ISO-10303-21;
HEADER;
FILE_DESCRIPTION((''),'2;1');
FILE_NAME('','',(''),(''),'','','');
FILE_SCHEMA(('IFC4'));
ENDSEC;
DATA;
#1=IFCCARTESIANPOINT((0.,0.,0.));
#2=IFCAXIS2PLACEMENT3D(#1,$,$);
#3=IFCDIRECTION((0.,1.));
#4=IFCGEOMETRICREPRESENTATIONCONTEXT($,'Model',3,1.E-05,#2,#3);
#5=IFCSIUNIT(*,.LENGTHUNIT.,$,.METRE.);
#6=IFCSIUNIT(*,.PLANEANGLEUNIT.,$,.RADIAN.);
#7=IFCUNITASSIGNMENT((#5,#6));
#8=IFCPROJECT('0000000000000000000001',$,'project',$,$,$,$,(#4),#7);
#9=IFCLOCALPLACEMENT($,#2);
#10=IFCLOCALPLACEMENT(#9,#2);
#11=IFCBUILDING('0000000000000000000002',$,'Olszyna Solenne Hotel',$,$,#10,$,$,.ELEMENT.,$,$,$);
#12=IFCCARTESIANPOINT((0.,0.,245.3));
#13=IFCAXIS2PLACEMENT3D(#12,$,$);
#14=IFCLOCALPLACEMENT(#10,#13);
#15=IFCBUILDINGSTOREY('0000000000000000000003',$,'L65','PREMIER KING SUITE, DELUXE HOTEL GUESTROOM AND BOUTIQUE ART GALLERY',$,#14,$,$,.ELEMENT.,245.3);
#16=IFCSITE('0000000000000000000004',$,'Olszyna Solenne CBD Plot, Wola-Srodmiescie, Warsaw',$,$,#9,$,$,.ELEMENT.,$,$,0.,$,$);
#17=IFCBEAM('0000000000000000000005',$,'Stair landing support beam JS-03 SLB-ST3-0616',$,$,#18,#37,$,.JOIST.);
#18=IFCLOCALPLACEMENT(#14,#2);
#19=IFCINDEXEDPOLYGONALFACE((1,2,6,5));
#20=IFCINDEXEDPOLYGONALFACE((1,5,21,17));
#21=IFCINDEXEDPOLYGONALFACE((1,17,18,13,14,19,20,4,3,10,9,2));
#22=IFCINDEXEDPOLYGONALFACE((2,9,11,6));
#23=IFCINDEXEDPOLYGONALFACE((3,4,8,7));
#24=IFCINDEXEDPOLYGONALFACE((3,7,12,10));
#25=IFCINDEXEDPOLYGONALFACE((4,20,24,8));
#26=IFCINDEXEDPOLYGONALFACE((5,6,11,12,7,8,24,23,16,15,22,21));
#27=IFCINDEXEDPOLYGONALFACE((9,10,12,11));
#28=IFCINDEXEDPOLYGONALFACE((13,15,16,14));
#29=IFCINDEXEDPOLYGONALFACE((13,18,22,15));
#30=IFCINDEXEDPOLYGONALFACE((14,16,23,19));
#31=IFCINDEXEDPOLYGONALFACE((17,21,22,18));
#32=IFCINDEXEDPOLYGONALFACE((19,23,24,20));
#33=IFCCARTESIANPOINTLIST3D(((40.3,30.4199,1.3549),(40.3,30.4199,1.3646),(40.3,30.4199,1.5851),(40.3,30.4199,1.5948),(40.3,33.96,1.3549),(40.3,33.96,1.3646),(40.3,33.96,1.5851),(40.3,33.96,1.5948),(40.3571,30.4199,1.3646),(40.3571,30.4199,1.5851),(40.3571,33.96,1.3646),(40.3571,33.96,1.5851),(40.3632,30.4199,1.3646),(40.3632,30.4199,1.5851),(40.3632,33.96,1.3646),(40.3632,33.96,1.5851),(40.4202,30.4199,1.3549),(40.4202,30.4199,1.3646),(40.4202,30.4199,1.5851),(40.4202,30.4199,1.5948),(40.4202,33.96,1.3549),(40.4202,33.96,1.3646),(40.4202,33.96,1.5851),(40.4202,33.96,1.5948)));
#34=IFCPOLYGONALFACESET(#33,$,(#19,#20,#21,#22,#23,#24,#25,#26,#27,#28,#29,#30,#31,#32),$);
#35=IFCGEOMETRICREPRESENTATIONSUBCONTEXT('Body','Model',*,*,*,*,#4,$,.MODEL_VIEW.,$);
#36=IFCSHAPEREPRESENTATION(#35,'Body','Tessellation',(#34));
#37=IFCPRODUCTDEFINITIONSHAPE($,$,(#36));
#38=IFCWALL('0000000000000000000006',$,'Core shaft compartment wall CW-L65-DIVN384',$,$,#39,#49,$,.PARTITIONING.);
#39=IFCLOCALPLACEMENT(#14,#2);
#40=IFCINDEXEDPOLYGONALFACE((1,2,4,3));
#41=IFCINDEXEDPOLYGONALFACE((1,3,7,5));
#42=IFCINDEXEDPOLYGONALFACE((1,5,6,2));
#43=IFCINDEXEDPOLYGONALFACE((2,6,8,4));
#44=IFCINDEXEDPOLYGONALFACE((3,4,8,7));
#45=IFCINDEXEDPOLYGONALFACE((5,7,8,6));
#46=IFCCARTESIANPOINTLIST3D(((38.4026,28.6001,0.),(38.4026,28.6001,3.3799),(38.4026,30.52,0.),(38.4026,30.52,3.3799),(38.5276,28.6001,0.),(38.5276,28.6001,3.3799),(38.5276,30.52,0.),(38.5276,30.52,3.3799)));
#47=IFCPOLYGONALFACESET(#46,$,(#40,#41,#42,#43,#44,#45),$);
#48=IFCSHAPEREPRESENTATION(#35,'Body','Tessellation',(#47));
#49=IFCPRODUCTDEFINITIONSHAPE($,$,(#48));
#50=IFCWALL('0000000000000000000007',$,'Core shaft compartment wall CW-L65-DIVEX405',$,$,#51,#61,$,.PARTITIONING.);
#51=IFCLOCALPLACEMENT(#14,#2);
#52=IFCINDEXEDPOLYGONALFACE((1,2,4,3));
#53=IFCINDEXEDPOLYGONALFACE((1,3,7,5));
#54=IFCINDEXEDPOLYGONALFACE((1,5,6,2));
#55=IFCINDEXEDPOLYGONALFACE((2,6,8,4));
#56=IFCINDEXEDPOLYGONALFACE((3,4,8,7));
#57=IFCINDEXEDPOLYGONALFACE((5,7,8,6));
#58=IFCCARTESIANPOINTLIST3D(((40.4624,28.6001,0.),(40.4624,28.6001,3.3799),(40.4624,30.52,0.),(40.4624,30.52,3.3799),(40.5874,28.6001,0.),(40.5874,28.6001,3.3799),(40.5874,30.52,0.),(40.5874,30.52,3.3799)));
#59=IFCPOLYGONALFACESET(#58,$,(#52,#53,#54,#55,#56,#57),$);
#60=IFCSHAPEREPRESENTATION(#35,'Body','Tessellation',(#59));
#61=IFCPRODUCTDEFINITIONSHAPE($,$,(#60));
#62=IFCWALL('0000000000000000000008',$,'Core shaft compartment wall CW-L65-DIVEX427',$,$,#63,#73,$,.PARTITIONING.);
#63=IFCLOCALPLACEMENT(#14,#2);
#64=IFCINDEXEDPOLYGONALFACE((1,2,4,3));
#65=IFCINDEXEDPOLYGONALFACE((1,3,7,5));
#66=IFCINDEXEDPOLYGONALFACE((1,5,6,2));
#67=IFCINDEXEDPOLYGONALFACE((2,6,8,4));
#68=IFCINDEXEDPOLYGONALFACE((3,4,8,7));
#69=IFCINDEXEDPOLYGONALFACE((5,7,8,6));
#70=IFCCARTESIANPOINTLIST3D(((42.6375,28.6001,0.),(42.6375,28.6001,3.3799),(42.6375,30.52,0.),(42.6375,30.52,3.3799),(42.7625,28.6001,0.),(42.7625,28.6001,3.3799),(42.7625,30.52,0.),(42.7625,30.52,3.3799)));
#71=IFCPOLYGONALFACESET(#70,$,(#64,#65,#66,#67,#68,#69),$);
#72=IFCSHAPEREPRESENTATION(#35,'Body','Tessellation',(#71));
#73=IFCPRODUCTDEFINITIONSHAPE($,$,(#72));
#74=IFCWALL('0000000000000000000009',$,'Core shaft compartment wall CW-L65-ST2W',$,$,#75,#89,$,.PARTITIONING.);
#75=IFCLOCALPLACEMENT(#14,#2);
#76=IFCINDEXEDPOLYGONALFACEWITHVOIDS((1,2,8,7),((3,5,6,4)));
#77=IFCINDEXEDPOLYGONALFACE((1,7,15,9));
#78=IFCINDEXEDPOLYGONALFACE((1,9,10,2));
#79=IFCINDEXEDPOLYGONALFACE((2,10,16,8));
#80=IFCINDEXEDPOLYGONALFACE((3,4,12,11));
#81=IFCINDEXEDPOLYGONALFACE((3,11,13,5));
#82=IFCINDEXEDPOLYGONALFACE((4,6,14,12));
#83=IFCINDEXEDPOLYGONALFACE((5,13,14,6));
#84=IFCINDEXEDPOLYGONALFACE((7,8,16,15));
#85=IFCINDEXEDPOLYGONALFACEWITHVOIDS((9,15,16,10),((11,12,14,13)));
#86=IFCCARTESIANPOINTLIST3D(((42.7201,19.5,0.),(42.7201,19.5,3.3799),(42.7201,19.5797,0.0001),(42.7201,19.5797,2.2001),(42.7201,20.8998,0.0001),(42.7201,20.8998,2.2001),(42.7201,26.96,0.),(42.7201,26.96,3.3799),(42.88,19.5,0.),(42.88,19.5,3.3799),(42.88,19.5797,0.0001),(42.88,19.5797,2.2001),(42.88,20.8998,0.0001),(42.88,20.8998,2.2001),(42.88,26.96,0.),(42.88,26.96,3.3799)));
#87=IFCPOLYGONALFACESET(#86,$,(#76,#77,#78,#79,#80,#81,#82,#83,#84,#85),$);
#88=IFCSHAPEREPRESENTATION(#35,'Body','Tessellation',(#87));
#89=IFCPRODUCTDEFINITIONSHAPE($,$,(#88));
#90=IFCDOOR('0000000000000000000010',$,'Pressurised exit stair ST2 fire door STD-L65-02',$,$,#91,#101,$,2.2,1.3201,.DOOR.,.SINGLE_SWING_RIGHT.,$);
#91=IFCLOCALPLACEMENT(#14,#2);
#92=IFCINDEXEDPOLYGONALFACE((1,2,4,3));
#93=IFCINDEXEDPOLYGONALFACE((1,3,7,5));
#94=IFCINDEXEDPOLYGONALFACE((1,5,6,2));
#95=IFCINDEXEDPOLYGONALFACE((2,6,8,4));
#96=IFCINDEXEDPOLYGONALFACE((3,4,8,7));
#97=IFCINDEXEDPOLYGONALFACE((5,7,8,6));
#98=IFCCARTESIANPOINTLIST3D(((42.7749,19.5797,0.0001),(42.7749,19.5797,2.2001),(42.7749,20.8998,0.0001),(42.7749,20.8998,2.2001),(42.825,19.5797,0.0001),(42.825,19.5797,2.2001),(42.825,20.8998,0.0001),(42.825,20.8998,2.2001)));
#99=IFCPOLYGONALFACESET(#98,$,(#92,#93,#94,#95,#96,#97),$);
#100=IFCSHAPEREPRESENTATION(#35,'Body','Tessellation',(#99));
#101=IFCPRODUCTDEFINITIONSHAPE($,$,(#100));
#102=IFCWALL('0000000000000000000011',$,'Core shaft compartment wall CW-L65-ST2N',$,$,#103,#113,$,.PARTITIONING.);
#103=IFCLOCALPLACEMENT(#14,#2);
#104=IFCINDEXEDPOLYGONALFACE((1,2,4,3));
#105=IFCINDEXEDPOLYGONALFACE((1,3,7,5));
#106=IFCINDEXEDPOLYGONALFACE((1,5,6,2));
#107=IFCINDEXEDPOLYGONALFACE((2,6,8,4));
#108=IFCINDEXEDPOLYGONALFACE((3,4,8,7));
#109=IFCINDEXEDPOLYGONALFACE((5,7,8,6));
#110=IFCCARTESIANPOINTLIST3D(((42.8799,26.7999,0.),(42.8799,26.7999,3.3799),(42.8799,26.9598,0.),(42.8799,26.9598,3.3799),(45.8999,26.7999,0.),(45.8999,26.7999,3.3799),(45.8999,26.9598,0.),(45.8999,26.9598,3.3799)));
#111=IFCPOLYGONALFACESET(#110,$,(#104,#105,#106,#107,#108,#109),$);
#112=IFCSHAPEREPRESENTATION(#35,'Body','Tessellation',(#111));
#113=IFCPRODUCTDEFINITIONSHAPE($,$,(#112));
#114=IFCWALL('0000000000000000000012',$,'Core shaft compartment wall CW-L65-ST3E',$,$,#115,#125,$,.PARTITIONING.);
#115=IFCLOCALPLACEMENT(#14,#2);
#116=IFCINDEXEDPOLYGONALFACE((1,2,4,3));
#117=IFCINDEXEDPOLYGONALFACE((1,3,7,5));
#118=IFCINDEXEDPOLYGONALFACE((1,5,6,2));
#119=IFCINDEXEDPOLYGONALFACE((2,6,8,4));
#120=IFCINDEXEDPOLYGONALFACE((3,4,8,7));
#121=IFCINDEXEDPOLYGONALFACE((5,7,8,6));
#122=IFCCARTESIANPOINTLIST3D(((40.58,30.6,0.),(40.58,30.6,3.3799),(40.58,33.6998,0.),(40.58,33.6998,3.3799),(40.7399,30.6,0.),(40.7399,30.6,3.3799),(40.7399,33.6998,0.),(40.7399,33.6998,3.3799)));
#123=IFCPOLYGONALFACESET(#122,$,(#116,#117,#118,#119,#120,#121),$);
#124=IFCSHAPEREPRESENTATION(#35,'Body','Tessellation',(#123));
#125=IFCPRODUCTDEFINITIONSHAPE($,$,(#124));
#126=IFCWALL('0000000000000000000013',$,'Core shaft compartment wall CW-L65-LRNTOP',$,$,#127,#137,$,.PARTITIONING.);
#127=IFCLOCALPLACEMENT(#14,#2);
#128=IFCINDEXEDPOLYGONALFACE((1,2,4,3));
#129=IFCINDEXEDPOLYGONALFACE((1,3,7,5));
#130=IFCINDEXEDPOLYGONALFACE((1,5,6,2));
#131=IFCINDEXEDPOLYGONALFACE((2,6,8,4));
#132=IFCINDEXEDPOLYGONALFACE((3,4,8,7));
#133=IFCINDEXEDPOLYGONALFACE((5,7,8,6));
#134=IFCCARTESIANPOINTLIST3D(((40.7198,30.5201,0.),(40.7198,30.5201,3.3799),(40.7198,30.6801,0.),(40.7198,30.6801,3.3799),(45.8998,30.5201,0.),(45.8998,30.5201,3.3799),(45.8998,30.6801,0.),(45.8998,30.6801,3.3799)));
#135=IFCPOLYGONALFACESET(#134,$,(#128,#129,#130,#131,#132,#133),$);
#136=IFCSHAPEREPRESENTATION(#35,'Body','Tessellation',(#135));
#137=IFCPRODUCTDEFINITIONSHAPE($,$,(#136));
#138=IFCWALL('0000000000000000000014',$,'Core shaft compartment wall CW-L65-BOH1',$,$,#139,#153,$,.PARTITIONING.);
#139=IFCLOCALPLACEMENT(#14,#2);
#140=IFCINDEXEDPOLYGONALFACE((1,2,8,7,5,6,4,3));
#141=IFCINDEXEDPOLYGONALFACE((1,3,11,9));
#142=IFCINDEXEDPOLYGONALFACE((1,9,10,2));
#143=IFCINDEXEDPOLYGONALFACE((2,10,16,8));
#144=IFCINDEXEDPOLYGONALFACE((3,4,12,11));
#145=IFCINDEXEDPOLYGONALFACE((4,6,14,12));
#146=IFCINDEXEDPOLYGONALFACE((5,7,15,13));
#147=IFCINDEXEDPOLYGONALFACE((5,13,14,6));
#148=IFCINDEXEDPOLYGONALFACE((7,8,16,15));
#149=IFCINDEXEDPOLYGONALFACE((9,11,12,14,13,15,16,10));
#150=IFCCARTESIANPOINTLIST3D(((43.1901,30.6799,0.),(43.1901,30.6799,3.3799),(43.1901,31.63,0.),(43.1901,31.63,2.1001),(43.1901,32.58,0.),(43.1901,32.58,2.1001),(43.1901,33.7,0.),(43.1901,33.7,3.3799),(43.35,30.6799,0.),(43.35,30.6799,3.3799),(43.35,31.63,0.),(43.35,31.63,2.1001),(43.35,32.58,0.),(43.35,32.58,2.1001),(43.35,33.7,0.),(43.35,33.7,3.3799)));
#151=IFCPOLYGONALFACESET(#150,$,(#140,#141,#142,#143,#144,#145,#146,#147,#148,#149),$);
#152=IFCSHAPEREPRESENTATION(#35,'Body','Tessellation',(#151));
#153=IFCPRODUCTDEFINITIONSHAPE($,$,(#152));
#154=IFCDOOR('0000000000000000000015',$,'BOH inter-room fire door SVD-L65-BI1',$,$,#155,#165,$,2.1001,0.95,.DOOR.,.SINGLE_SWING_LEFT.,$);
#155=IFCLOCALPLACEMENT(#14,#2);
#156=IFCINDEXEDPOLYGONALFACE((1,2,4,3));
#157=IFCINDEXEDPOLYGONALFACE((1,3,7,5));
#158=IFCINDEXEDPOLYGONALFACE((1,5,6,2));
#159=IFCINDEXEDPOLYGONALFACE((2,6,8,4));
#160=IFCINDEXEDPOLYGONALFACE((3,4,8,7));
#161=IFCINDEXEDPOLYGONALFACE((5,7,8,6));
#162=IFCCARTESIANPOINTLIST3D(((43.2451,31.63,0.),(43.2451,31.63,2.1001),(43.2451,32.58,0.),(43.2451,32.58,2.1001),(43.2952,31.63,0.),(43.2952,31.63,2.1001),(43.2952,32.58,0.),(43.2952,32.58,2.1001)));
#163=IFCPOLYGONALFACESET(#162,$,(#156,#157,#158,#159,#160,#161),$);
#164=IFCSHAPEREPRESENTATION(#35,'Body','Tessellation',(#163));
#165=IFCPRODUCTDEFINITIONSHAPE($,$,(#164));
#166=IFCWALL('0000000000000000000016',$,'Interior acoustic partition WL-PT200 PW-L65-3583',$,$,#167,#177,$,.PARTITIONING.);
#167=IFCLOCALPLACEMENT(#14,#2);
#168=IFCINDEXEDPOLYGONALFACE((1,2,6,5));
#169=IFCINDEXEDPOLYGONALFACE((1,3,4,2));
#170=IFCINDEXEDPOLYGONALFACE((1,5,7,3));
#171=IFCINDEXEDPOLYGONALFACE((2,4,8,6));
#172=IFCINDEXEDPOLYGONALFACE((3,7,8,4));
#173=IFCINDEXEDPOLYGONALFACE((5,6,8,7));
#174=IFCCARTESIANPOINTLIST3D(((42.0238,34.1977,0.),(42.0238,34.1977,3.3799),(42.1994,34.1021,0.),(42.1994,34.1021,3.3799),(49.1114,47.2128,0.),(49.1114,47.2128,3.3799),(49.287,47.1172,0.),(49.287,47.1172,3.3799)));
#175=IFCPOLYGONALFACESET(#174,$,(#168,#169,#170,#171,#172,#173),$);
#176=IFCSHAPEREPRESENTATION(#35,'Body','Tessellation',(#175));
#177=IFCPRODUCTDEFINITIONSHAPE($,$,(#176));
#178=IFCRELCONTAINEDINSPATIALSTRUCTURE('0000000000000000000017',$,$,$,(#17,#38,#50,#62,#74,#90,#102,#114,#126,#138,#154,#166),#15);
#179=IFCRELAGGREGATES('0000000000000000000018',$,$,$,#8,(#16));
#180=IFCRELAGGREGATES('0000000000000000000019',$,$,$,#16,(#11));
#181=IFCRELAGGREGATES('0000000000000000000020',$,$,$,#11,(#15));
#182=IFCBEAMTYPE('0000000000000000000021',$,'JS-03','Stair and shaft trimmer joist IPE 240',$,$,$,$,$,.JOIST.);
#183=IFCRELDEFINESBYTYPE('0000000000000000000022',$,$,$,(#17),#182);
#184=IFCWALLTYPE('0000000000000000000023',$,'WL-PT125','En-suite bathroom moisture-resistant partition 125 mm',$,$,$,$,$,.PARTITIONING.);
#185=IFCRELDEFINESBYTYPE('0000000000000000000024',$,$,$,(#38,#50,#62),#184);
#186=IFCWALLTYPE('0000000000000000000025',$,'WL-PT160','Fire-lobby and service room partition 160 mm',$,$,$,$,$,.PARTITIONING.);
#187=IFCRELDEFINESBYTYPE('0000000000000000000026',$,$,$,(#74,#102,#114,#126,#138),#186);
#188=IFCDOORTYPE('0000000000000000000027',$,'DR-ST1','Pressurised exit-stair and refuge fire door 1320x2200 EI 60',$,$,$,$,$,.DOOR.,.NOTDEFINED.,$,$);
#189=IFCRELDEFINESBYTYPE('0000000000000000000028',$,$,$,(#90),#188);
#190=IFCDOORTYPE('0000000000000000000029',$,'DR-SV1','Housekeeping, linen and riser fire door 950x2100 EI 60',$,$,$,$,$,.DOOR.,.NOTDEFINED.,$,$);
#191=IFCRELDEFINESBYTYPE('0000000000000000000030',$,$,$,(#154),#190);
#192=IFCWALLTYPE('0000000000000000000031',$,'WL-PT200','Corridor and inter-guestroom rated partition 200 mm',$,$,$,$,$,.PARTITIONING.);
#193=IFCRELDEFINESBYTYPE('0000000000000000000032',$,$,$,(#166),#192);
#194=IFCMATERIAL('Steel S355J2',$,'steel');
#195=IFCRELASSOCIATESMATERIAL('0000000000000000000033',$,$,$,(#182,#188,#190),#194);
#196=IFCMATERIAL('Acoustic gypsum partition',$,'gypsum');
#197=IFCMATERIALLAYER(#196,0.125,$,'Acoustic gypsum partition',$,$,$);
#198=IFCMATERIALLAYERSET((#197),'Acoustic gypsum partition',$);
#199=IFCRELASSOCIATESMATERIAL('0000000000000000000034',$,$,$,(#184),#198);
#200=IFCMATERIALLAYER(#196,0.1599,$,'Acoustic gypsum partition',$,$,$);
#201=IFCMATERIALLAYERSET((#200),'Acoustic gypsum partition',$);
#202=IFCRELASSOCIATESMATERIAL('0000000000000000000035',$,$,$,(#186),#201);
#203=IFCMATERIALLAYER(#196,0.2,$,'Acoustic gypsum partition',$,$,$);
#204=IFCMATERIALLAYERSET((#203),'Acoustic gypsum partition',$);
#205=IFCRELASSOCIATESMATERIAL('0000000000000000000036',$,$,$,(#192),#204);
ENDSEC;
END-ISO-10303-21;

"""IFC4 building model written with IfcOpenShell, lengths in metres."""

from ifc_helpers import new_model, si_unit, direction, frame, frame_2d, origin, origin_2d, place, context, subcontext, project, spatial, rectangle, i_section, extrude, source, transform, mapped, material, layer, layer_set, material_profile, profile_set, type_object, type_shapes, element, fill, save


model = new_model("IFC4")

# Units and contexts
model_context = context("Model", 3, precision=1e-05, world=origin(), true_north=direction((0.0, 1.0)))
body_context = subcontext(model_context, "Body", "Model", "MODEL_VIEW")
ifc_project = project(units=[si_unit("LENGTHUNIT", "METRE"), si_unit("PLANEANGLEUNIT", "RADIAN")], contexts=[model_context])

# Site, building, storey
site_placement = place(None, origin())
site = spatial("IfcSite", under=ifc_project, at=site_placement, Name="Olszyna Solenne CBD Plot, Wola-Srodmiescie, Warsaw", CompositionType="ELEMENT", RefElevation=0.0)
building_placement = place(site_placement, origin())
building = spatial("IfcBuilding", under=site, at=building_placement, Name="Olszyna Solenne Hotel", CompositionType="ELEMENT")
storey_placement = place(building_placement, frame((0.0, 0.0, 245.3)))
storey = spatial("IfcBuildingStorey", under=building, at=storey_placement, Name="L65", Description="PREMIER KING SUITE, DELUXE HOTEL GUESTROOM AND BOUTIQUE ART GALLERY", CompositionType="ELEMENT", Elevation=245.3)

# Beam
ifc_material_1 = material(Name="Steel S355J2", Category="steel")
ifc_material_profile = material_profile(ifc_material_1, i_section(OverallWidth=0.1201, OverallDepth=0.24, WebThickness=0.0061, FlangeThickness=0.0098, at=origin_2d()), Name="IPE 240", Category="load-bearing")
ifc_profile_set = profile_set([ifc_material_profile], Name="Steel S355J2")
beam_type = type_object("IfcBeamType", Name="JS-03", Description="Stair and shaft trimmer joist IPE 240", PredefinedType="JOIST", material=ifc_profile_set)
shared_shape_1 = source(origin(), body_context, "Body", "SweptSolid", [
    extrude(i_section(OverallWidth=0.1201, OverallDepth=0.24, WebThickness=0.0061, FlangeThickness=0.0098, at=origin_2d()), origin(), (0.0, 0.0, 1.0), 3.54),
])
beam_placement = place(storey_placement, frame((40.3601, 30.4199, 1.4749), z_axis=(0.0, 1.0, 0.0), x_axis=(-1.0, 0.0, 0.0)))
element("IfcBeam", 1, at=beam_placement, inside=storey, type_object=beam_type, Name="Stair landing support beam JS-03 SLB-ST3-0616", PredefinedType="JOIST", context=body_context, shape_type="MappedRepresentation", body=[
    mapped(shared_shape_1, transform((0.0, 0.0, 0.0), x_axis=(1.0, 0.0, 0.0), y_axis=(0.0, 1.0, 0.0), z_axis=(0.0, 0.0, 1.0), scale=1.0)),
])

# Walls
ifc_material_2 = material(Name="Acoustic gypsum partition", Category="gypsum")
ifc_layer_1 = layer(ifc_material_2, 0.125, Name="Acoustic gypsum partition")
ifc_layer_set_1 = layer_set([ifc_layer_1], Name="Acoustic gypsum partition")
wall_type_1 = type_object("IfcWallType", Name="WL-PT125", Description="En-suite bathroom moisture-resistant partition 125 mm", PredefinedType="PARTITIONING", material=ifc_layer_set_1)
for number, where, z_axis, x_axis, name in (
    (2, (38.4651, 28.6001, 0.0), (0.0, 0.0, 1.0), (0.0, 1.0, 0.0), "Core shaft compartment wall CW-L65-DIVN384"),
    (3, (40.5249, 28.6001, 0.0), (0.0, 0.0, 1.0), (0.0, 1.0, 0.0), "Core shaft compartment wall CW-L65-DIVEX405"),
    (4, (42.7, 28.6001, 0.0), (0.0, 0.0, 1.0), (0.0, 1.0, 0.0), "Core shaft compartment wall CW-L65-DIVEX427"),
):
    element("IfcWall", number, at=place(storey_placement, frame(where, z_axis=z_axis, x_axis=x_axis)), inside=storey, type_object=wall_type_1, Name=name, PredefinedType="PARTITIONING", context=body_context, shape_type="SweptSolid", body=[
        extrude(rectangle(XDim=1.9199, YDim=0.125, at=frame_2d((0.96, 0.0))), origin(), (0.0, 0.0, 1.0), 3.3799),
    ])

# Wall, opening, door
ifc_layer_2 = layer(ifc_material_2, 0.1599, Name="Acoustic gypsum partition")
ifc_layer_set_2 = layer_set([ifc_layer_2], Name="Acoustic gypsum partition")
wall_type_2 = type_object("IfcWallType", Name="WL-PT160", Description="Fire-lobby and service room partition 160 mm", PredefinedType="PARTITIONING", material=ifc_layer_set_2)
wall_1_placement = place(storey_placement, frame((42.8, 26.96, 0.0), z_axis=(0.0, 0.0, 1.0), x_axis=(0.0, -1.0, 0.0)))
wall_1 = element("IfcWall", 5, at=wall_1_placement, inside=storey, type_object=wall_type_2, Name="Core shaft compartment wall CW-L65-ST2W", PredefinedType="PARTITIONING", context=body_context, shape_type="SweptSolid", body=[
    extrude(rectangle(XDim=7.46, YDim=0.1599, at=frame_2d((3.73, 0.0))), origin(), (0.0, 0.0, 1.0), 3.3799),
])
opening_1_placement = place(wall_1_placement, frame((6.0601, 0.0, 0.0)))
opening_1 = element("IfcOpeningElement", 6, at=opening_1_placement, cuts=wall_1, PredefinedType="OPENING", context=body_context, shape_type="SweptSolid", body=[
    extrude(rectangle(XDim=1.3201, YDim=2.2, at=frame_2d((0.6602, 1.1001))), frame((0.0, 0.0898, 0.0), z_axis=(0.0, -1.0, 0.0), x_axis=(1.0, 0.0, 0.0)), (0.0, 0.0, 1.0), 0.1799),
])
door_type_1 = type_object("IfcDoorType", Name="DR-ST1", Description="Pressurised exit-stair and refuge fire door 1320x2200 EI 60", OperationType="NOTDEFINED", PredefinedType="DOOR", material=ifc_material_1)
shared_shape_2 = source(origin(), body_context, "Body", "SweptSolid", [
    extrude(rectangle(XDim=1.3201, YDim=2.2, at=frame_2d((0.6602, 1.1001))), frame((0.0, 0.0249, 0.0), z_axis=(0.0, -1.0, 0.0), x_axis=(1.0, 0.0, 0.0)), (0.0, 0.0, 1.0), 0.05),
])
type_shapes(door_type_1, [shared_shape_2])
door_1_placement = place(opening_1_placement, origin())
door_1 = element("IfcDoor", 7, at=door_1_placement, inside=storey, type_object=door_type_1, Name="Pressurised exit stair ST2 fire door STD-L65-02", OperationType="SINGLE_SWING_RIGHT", OverallHeight=2.2, OverallWidth=1.3201, PredefinedType="DOOR", context=body_context, shape_type="MappedRepresentation", body=[
    mapped(shared_shape_2, transform((0.0, 0.0, 0.0), x_axis=(1.0, 0.0, 0.0), y_axis=(0.0, 1.0, 0.0), z_axis=(0.0, 0.0, 1.0), scale=1.0)),
])
fill(opening_1, door_1)

# Walls
wall_2_placement = place(storey_placement, frame((42.8799, 26.8799, 0.0), z_axis=(0.0, 0.0, 1.0), x_axis=(1.0, 0.0, 0.0)))
element("IfcWall", 8, at=wall_2_placement, inside=storey, type_object=wall_type_2, Name="Core shaft compartment wall CW-L65-ST2N", PredefinedType="PARTITIONING", context=body_context, shape_type="SweptSolid", body=[
    extrude(rectangle(XDim=3.02, YDim=0.1599, at=frame_2d((1.51, 0.0))), origin(), (0.0, 0.0, 1.0), 3.3799),
])
wall_3_placement = place(storey_placement, frame((40.6599, 30.6001, 0.0), z_axis=(0.0, 0.0, 1.0), x_axis=(0.0, 1.0, 0.0)))
element("IfcWall", 9, at=wall_3_placement, inside=storey, type_object=wall_type_2, Name="Core shaft compartment wall CW-L65-ST3E", PredefinedType="PARTITIONING", context=body_context, shape_type="SweptSolid", body=[
    extrude(rectangle(XDim=3.0999, YDim=0.1599, at=frame_2d((1.5498, 0.0))), origin(), (0.0, 0.0, 1.0), 3.3799),
])
wall_4_placement = place(storey_placement, frame((40.72, 30.6001, 0.0), z_axis=(0.0, 0.0, 1.0), x_axis=(1.0, 0.0, 0.0)))
element("IfcWall", 10, at=wall_4_placement, inside=storey, type_object=wall_type_2, Name="Core shaft compartment wall CW-L65-LRNTOP", PredefinedType="PARTITIONING", context=body_context, shape_type="SweptSolid", body=[
    extrude(rectangle(XDim=5.1799, YDim=0.1599, at=frame_2d((2.5898, 0.0))), origin(), (0.0, 0.0, 1.0), 3.3799),
])

# Wall, opening, door
wall_5_placement = place(storey_placement, frame((43.27, 30.6799, 0.0), z_axis=(0.0, 0.0, 1.0), x_axis=(0.0, 1.0, 0.0)))
wall_5 = element("IfcWall", 11, at=wall_5_placement, inside=storey, type_object=wall_type_2, Name="Core shaft compartment wall CW-L65-BOH1", PredefinedType="PARTITIONING", context=body_context, shape_type="SweptSolid", body=[
    extrude(rectangle(XDim=3.02, YDim=0.1599, at=frame_2d((1.51, 0.0))), origin(), (0.0, 0.0, 1.0), 3.3799),
])
opening_2_placement = place(wall_5_placement, frame((0.95, 0.0, 0.0)))
opening_2 = element("IfcOpeningElement", 12, at=opening_2_placement, cuts=wall_5, PredefinedType="OPENING", context=body_context, shape_type="SweptSolid", body=[
    extrude(rectangle(XDim=0.95, YDim=2.1001, at=frame_2d((0.4751, 1.05))), frame((0.0, 0.0898, 0.0), z_axis=(0.0, -1.0, 0.0), x_axis=(1.0, 0.0, 0.0)), (0.0, 0.0, 1.0), 0.1799),
])
door_type_2 = type_object("IfcDoorType", Name="DR-SV1", Description="Housekeeping, linen and riser fire door 950x2100 EI 60", OperationType="NOTDEFINED", PredefinedType="DOOR", material=ifc_material_1)
shared_shape_3 = source(origin(), body_context, "Body", "SweptSolid", [
    extrude(rectangle(XDim=0.95, YDim=2.1001, at=frame_2d((0.4751, 1.05))), frame((0.0, 0.0249, 0.0), z_axis=(0.0, -1.0, 0.0), x_axis=(1.0, 0.0, 0.0)), (0.0, 0.0, 1.0), 0.05),
])
type_shapes(door_type_2, [shared_shape_3])
door_2_placement = place(opening_2_placement, origin())
door_2 = element("IfcDoor", 13, at=door_2_placement, inside=storey, type_object=door_type_2, Name="BOH inter-room fire door SVD-L65-BI1", OperationType="SINGLE_SWING_LEFT", OverallHeight=2.1001, OverallWidth=0.95, PredefinedType="DOOR", context=body_context, shape_type="MappedRepresentation", body=[
    mapped(shared_shape_3, transform((0.0, 0.0, 0.0), x_axis=(1.0, 0.0, 0.0), y_axis=(0.0, 1.0, 0.0), z_axis=(0.0, 0.0, 1.0), scale=1.0)),
])
fill(opening_2, door_2)

# Wall
ifc_layer_3 = layer(ifc_material_2, 0.2, Name="Acoustic gypsum partition")
ifc_layer_set_3 = layer_set([ifc_layer_3], Name="Acoustic gypsum partition")
wall_type_3 = type_object("IfcWallType", Name="WL-PT200", Description="Corridor and inter-guestroom rated partition 200 mm", PredefinedType="PARTITIONING", material=ifc_layer_set_3)
wall_6_placement = place(storey_placement, frame((42.1116, 34.1499, 0.0), z_axis=(0.0, 0.0, 1.0), x_axis=(0.478253, 0.878222, 0.0)))
element("IfcWall", 14, at=wall_6_placement, inside=storey, type_object=wall_type_3, Name="Interior acoustic partition WL-PT200 PW-L65-3583", PredefinedType="PARTITIONING", context=body_context, shape_type="SweptSolid", body=[
    extrude(rectangle(XDim=14.8198, YDim=0.2, at=frame_2d((7.4099, 0.0))), origin(), (0.0, 0.0, 1.0), 3.3799),
])

save(model, "model.ifc")
